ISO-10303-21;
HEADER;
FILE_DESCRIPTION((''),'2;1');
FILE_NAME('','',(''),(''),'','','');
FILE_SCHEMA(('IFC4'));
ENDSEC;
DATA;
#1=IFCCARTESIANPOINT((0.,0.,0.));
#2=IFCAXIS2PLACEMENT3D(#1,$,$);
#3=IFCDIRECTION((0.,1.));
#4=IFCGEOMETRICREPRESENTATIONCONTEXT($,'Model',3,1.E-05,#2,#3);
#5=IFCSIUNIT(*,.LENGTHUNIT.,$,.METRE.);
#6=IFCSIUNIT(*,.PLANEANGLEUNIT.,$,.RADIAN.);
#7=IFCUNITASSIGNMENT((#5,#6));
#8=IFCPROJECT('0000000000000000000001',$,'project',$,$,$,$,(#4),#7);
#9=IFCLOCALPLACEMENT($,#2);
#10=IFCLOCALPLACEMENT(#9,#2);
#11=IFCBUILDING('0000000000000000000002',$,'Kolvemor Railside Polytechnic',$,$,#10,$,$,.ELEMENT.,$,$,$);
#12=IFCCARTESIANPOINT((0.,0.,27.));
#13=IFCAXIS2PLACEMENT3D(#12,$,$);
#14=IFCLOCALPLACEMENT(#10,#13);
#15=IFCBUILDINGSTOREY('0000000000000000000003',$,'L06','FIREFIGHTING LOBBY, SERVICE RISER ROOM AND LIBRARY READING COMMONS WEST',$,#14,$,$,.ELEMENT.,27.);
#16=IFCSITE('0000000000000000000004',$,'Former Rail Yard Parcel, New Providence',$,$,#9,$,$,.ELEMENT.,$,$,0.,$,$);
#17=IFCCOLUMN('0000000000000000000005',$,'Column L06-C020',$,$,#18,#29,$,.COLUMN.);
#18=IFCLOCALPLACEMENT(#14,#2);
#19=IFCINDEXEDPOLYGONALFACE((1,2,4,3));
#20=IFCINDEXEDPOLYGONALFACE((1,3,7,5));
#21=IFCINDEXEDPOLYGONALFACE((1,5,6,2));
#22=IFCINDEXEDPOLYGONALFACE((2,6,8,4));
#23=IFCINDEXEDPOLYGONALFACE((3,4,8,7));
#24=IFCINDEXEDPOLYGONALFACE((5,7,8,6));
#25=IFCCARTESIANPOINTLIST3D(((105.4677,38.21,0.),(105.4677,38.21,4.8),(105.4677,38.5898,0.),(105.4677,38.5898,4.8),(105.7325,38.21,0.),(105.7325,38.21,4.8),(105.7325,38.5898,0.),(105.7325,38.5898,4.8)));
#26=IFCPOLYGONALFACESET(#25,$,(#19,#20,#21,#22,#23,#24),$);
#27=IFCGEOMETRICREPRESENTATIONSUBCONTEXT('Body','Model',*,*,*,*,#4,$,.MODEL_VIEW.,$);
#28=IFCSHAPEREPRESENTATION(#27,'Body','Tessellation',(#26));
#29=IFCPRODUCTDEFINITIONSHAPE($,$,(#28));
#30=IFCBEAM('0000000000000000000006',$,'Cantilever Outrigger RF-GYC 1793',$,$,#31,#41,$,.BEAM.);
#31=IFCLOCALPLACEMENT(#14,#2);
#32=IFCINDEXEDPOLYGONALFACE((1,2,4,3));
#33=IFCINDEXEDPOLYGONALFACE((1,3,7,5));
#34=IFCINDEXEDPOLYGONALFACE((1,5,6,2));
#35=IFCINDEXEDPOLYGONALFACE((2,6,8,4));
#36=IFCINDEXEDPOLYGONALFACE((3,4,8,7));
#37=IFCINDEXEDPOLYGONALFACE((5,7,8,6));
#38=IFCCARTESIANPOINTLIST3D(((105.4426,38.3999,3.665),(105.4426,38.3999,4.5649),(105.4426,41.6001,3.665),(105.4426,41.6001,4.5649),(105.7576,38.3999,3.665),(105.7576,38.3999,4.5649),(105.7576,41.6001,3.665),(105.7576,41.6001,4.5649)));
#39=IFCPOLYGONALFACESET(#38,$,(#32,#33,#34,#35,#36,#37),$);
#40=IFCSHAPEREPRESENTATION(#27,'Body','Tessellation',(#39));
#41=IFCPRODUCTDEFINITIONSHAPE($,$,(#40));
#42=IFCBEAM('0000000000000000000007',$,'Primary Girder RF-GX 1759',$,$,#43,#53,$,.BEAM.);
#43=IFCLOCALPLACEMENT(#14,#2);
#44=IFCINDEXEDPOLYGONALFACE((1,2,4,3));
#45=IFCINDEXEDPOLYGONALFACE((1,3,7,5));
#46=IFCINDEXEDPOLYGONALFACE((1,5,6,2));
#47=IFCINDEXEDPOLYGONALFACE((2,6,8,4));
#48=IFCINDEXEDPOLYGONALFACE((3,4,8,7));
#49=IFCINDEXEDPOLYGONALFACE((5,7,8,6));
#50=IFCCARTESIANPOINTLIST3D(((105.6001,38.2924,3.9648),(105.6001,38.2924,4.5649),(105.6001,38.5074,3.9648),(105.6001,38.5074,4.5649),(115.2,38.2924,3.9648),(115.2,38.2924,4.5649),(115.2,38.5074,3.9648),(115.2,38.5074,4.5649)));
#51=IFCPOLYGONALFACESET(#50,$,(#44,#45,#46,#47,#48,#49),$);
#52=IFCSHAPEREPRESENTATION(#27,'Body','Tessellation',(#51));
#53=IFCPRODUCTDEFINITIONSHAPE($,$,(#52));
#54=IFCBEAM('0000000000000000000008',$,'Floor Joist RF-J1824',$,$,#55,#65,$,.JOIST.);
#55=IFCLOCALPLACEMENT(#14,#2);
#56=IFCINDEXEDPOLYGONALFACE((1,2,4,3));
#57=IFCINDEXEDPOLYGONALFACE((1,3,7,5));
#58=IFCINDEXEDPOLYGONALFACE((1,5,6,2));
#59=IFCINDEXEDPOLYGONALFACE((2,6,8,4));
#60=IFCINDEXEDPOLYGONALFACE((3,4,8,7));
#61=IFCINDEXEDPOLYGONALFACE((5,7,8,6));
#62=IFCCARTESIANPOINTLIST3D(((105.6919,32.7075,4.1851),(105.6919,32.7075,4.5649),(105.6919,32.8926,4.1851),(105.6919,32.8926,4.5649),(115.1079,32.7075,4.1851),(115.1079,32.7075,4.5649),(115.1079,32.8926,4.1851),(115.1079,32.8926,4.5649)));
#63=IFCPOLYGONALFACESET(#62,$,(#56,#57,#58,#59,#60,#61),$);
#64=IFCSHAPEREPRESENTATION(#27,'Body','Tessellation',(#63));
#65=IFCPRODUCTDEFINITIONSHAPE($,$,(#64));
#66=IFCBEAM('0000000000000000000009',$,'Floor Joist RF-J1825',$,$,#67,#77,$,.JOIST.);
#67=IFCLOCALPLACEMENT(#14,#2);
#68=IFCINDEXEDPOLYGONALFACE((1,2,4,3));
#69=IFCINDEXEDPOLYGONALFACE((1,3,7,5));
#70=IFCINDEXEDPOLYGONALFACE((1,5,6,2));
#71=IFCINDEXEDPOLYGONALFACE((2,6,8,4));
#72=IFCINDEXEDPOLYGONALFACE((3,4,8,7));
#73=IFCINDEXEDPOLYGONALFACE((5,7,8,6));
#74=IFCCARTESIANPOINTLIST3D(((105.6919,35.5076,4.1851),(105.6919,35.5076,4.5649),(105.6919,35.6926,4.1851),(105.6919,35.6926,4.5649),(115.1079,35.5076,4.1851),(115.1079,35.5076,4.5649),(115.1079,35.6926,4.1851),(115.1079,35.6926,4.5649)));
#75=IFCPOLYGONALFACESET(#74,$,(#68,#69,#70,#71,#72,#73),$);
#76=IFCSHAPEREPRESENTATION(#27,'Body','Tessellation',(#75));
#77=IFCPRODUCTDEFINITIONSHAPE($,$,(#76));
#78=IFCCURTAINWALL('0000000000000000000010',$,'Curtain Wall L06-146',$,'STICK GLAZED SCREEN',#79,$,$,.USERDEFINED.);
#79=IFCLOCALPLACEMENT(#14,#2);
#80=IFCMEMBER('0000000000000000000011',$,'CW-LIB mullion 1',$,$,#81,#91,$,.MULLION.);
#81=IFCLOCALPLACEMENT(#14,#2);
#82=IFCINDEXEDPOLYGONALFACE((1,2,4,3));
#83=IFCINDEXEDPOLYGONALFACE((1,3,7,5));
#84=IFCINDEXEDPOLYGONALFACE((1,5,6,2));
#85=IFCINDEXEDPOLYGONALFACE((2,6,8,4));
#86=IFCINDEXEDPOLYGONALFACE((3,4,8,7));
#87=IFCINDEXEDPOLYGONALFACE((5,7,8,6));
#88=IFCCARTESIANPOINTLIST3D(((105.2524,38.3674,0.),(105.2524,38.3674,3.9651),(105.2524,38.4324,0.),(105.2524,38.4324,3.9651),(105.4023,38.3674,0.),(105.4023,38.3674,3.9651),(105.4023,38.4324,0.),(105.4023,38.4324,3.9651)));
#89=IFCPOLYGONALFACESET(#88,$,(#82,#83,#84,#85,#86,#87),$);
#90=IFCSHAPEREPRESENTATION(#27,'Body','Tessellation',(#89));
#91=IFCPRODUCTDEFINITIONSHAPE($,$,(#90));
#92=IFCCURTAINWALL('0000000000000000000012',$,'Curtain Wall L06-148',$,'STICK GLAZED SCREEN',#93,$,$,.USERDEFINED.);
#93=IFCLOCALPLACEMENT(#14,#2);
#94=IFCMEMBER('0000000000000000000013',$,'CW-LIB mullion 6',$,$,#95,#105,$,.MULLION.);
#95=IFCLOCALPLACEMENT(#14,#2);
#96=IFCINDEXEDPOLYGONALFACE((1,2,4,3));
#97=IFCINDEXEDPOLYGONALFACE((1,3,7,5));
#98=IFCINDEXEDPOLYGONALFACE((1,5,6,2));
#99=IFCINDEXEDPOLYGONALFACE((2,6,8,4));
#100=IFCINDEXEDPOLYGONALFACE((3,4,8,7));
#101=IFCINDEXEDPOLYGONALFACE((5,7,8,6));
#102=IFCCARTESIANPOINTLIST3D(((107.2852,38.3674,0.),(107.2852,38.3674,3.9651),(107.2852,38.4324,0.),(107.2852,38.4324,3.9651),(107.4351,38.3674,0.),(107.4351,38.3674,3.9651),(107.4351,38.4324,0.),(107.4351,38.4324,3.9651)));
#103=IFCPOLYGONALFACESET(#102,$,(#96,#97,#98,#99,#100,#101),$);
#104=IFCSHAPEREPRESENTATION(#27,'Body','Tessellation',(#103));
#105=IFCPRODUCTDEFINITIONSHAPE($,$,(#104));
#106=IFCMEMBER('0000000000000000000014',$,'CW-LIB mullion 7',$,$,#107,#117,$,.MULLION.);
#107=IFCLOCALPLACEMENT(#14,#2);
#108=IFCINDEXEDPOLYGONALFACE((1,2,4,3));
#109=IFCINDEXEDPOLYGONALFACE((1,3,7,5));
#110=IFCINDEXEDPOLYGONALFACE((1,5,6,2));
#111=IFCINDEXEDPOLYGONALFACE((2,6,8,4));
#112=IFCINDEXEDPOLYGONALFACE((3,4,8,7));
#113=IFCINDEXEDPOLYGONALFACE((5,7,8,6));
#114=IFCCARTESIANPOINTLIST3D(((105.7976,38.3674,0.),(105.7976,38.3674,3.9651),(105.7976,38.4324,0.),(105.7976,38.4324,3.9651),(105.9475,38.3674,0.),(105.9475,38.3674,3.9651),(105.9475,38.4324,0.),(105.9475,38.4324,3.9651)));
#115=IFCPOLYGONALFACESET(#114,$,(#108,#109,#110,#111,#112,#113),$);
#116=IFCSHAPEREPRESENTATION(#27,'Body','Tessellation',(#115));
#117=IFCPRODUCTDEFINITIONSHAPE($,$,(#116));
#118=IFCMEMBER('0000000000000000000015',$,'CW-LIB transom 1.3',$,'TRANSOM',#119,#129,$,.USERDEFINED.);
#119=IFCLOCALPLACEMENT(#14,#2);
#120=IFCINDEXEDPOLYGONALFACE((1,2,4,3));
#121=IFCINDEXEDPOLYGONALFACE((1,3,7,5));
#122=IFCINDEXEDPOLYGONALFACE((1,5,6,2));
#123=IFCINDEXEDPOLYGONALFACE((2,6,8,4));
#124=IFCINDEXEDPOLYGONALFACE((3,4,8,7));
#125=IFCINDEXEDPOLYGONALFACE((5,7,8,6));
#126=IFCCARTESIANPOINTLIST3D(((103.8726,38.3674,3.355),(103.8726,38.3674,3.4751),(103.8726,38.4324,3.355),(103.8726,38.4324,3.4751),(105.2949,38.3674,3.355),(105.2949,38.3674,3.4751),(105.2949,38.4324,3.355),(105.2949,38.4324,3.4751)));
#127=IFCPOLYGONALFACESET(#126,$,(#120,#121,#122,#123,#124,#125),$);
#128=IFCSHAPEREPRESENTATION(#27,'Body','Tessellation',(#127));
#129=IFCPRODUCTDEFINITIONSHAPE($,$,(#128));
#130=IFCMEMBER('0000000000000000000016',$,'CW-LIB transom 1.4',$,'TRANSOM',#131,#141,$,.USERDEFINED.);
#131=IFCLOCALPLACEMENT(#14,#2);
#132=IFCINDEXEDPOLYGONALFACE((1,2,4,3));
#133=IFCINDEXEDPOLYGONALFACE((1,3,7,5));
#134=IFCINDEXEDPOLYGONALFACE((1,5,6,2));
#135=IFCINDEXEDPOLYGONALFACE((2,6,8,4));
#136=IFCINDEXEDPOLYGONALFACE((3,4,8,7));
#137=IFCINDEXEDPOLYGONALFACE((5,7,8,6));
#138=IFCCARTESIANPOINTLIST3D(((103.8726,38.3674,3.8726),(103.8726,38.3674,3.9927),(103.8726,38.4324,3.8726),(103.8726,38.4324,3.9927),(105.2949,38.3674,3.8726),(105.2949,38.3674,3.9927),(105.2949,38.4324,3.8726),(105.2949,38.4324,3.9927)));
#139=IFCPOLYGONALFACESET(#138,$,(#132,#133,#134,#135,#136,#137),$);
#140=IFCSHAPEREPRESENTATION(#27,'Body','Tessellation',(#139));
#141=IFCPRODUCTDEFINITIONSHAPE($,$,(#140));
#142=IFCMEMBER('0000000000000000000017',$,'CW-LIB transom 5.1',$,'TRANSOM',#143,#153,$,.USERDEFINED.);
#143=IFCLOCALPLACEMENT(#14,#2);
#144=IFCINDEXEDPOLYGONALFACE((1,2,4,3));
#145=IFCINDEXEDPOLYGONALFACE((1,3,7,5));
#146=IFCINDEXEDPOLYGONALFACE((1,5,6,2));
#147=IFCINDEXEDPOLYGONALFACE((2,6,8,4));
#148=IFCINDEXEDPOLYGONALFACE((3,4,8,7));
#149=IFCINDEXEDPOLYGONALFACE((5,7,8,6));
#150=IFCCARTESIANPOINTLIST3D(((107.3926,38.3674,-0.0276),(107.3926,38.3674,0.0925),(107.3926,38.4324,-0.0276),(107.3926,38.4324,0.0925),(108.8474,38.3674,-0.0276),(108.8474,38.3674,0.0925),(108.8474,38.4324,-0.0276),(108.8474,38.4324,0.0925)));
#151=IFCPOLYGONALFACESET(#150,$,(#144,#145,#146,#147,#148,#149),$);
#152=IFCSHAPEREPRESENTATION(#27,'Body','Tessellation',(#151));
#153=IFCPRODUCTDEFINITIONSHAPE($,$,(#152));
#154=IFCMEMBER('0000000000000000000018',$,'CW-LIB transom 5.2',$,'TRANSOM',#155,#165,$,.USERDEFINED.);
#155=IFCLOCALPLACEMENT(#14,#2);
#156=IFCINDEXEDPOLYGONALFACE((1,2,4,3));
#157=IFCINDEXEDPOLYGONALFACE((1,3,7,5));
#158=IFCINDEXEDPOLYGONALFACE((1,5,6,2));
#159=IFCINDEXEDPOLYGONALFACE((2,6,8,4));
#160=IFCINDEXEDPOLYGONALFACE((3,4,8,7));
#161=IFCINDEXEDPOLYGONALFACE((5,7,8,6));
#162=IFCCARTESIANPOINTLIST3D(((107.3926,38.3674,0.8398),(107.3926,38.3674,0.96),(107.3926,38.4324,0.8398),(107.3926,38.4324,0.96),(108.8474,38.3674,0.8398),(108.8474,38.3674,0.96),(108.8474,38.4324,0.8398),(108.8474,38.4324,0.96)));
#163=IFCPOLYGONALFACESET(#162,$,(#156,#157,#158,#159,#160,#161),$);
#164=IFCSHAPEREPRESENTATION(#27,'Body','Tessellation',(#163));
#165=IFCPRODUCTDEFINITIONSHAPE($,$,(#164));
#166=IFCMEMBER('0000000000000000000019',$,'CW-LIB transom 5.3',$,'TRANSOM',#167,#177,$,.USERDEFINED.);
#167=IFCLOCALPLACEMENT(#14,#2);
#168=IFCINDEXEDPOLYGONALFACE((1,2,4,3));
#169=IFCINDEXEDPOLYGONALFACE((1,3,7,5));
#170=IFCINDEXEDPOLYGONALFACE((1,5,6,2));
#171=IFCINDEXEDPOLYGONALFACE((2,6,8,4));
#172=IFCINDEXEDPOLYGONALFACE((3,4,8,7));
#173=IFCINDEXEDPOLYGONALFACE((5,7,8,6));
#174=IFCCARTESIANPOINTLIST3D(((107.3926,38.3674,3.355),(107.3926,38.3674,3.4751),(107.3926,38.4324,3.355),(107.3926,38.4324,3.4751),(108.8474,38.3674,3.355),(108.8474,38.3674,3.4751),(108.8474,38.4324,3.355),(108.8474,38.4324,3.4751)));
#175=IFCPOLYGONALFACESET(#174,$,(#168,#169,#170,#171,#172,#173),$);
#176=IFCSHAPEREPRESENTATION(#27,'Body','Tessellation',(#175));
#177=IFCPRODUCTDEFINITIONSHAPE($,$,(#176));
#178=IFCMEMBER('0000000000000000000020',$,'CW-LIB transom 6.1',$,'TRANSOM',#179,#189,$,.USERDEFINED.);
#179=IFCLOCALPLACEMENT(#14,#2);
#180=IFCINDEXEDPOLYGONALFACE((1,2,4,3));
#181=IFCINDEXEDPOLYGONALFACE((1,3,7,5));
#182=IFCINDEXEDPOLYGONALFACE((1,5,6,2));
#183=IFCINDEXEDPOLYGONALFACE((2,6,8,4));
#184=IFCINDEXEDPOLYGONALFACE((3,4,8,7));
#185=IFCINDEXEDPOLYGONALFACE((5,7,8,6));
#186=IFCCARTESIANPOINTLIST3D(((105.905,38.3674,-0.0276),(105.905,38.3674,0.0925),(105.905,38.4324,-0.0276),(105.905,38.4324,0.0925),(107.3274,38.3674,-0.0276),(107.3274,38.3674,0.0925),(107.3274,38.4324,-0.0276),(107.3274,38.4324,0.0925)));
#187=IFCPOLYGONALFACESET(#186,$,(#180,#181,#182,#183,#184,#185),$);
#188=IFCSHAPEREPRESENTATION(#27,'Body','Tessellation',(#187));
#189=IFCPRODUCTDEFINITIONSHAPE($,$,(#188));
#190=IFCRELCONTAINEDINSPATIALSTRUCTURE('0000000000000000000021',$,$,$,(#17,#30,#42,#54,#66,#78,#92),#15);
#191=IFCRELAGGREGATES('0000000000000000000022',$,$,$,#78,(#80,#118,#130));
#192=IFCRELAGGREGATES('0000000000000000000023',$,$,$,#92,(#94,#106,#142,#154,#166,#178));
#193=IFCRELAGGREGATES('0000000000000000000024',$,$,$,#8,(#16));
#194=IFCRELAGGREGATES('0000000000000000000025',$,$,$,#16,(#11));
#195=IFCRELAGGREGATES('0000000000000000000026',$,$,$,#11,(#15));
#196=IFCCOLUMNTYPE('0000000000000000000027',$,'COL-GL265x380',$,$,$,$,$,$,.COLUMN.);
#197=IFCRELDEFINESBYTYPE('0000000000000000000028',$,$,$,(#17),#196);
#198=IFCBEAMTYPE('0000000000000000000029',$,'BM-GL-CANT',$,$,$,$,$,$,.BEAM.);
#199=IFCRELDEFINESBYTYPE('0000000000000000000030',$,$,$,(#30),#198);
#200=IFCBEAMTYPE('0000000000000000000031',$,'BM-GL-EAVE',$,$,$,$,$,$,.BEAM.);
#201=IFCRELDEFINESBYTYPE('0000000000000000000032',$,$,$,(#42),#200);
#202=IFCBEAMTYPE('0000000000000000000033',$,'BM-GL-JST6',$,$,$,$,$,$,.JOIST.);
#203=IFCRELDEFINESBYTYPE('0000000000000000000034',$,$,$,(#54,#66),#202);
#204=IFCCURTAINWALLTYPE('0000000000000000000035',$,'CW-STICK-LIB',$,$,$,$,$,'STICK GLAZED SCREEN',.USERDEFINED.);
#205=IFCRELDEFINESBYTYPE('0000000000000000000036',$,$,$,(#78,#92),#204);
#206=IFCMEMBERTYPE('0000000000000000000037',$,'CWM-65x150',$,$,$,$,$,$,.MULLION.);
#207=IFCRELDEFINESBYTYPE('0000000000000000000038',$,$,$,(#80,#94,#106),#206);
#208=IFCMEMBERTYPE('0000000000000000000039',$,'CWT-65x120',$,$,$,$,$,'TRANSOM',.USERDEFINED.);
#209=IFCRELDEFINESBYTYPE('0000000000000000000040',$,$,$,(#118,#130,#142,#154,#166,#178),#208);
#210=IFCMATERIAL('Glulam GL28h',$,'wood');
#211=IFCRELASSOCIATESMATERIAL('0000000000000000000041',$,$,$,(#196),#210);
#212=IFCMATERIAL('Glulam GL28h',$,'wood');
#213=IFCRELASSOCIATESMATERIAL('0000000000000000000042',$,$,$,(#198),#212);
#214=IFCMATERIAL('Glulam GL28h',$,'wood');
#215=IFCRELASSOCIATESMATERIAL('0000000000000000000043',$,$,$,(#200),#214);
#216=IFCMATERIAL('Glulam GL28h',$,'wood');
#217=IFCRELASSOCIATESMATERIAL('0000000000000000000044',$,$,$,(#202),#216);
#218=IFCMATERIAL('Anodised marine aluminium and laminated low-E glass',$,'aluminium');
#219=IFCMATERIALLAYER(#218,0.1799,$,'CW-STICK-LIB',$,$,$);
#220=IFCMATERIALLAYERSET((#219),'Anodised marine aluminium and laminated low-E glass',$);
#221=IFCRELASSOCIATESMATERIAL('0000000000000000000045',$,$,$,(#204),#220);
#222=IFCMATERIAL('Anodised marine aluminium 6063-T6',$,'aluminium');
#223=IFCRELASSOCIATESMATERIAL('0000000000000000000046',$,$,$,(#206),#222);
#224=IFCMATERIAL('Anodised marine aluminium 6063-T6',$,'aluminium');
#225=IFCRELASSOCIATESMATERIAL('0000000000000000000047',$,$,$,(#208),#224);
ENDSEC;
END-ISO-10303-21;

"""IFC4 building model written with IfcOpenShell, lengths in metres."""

from ifc_helpers import new_model, si_unit, direction, frame, origin, origin_2d, place, context, subcontext, project, spatial, rectangle, extrude, material, layer, layer_set, material_profile, profile_set, type_object, element, aggregate, save


model = new_model("IFC4")

# Units and contexts
model_context = context("Model", 3, precision=1e-05, world=origin(), true_north=direction((0.0, 1.0)))
body_context = subcontext(model_context, "Body", "Model", "MODEL_VIEW")
ifc_project = project(units=[si_unit("LENGTHUNIT", "METRE"), si_unit("PLANEANGLEUNIT", "RADIAN")], contexts=[model_context])

# Site, building, storey
site_placement = place(None, origin())
site = spatial("IfcSite", under=ifc_project, at=site_placement, Name="Former Rail Yard Parcel, New Providence", CompositionType="ELEMENT", RefElevation=0.0)
building_placement = place(site_placement, origin())
building = spatial("IfcBuilding", under=site, at=building_placement, Name="Kolvemor Railside Polytechnic", CompositionType="ELEMENT")
storey_placement = place(building_placement, frame((0.0, 0.0, 27.0)))
storey = spatial("IfcBuildingStorey", under=building, at=storey_placement, Name="L06", Description="FIREFIGHTING LOBBY, SERVICE RISER ROOM AND LIBRARY READING COMMONS WEST", CompositionType="ELEMENT", Elevation=27.0)

# Column
ifc_material_1 = material(Name="Glulam GL28h", Category="wood")
ifc_material_profile_1 = material_profile(ifc_material_1, rectangle(XDim=0.2649, YDim=0.3799, at=origin_2d()), Name="GL265x380")
ifc_profile_set_1 = profile_set([ifc_material_profile_1], Name="Glulam GL28h")
column_type = type_object("IfcColumnType", Name="COL-GL265x380", PredefinedType="COLUMN", material=ifc_profile_set_1)
column_placement = place(storey_placement, frame((105.6001, 38.3999, 0.0), z_axis=(0.0, 0.0, 1.0), x_axis=(1.0, 0.0, 0.0)))
element("IfcColumn", 1, at=column_placement, inside=storey, type_object=column_type, Name="Column L06-C020", PredefinedType="COLUMN", context=body_context, shape_type="SweptSolid", body=[
    extrude(rectangle(XDim=0.2649, YDim=0.3799, at=origin_2d()), origin(), (0.0, 0.0, 1.0), 4.8),
])

# Beams
ifc_material_2 = material(Name="Glulam GL28h", Category="wood")
ifc_material_profile_2 = material_profile(ifc_material_2, rectangle(XDim=0.3149, YDim=0.8999, at=origin_2d()), Name="GL315x900")
ifc_profile_set_2 = profile_set([ifc_material_profile_2], Name="Glulam GL28h")
beam_type_1 = type_object("IfcBeamType", Name="BM-GL-CANT", PredefinedType="BEAM", material=ifc_profile_set_2)
beam_1_placement = place(storey_placement, frame((105.6001, 38.3999, 4.115), z_axis=(0.0, 1.0, 0.0), x_axis=(-1.0, 0.0, 0.0)))
element("IfcBeam", 2, at=beam_1_placement, inside=storey, type_object=beam_type_1, Name="Cantilever Outrigger RF-GYC 1793", PredefinedType="BEAM", context=body_context, shape_type="SweptSolid", body=[
    extrude(rectangle(XDim=0.3149, YDim=0.8999, at=origin_2d()), origin(), (0.0, 0.0, 1.0), 3.2002),
])
ifc_material_3 = material(Name="Glulam GL28h", Category="wood")
ifc_material_profile_3 = material_profile(ifc_material_3, rectangle(XDim=0.2151, YDim=0.6001, at=origin_2d()), Name="GL215x600")
ifc_profile_set_3 = profile_set([ifc_material_profile_3], Name="Glulam GL28h")
beam_type_2 = type_object("IfcBeamType", Name="BM-GL-EAVE", PredefinedType="BEAM", material=ifc_profile_set_3)
beam_2_placement = place(storey_placement, frame((105.6001, 38.3999, 4.2649), z_axis=(1.0, 0.0, 0.0), x_axis=(0.0, 1.0, 0.0)))
element("IfcBeam", 3, at=beam_2_placement, inside=storey, type_object=beam_type_2, Name="Primary Girder RF-GX 1759", PredefinedType="BEAM", context=body_context, shape_type="SweptSolid", body=[
    extrude(rectangle(XDim=0.2151, YDim=0.6001, at=origin_2d()), origin(), (0.0, 0.0, 1.0), 9.5999),
])
ifc_material_4 = material(Name="Glulam GL28h", Category="wood")
ifc_material_profile_4 = material_profile(ifc_material_4, rectangle(XDim=0.1851, YDim=0.3799, at=origin_2d()), Name="GL185x380")
ifc_profile_set_4 = profile_set([ifc_material_profile_4], Name="Glulam GL28h")
beam_type_3 = type_object("IfcBeamType", Name="BM-GL-JST6", PredefinedType="JOIST", material=ifc_profile_set_4)
for number, where, z_axis, x_axis, name in (
    (4, (105.6919, 32.8, 4.375), (1.0, 0.0, 0.0), (0.0, 1.0, 0.0), "Floor Joist RF-J1824"),
    (5, (105.6919, 35.6001, 4.375), (1.0, 0.0, 0.0), (0.0, 1.0, 0.0), "Floor Joist RF-J1825"),
):
    element("IfcBeam", number, at=place(storey_placement, frame(where, z_axis=z_axis, x_axis=x_axis)), inside=storey, type_object=beam_type_3, Name=name, PredefinedType="JOIST", context=body_context, shape_type="SweptSolid", body=[
        extrude(rectangle(XDim=0.1851, YDim=0.3799, at=origin_2d()), origin(), (0.0, 0.0, 1.0), 9.416),
    ])

# Curtain wall, member
ifc_material_5 = material(Name="Anodised marine aluminium and laminated low-E glass", Category="aluminium")
ifc_layer_1 = layer(ifc_material_5, 0.1799, Name="CW-STICK-LIB")
ifc_layer_set_1 = layer_set([ifc_layer_1], Name="Anodised marine aluminium and laminated low-E glass")
curtain_wall_type = type_object("IfcCurtainWallType", Name="CW-STICK-LIB", ElementType="STICK GLAZED SCREEN", PredefinedType="USERDEFINED", material=ifc_layer_set_1)
curtain_wall_1_placement = place(storey_placement, origin())
curtain_wall_1 = element("IfcCurtainWall", 6, at=curtain_wall_1_placement, inside=storey, type_object=curtain_wall_type, Name="Curtain Wall L06-146", ObjectType="STICK GLAZED SCREEN", PredefinedType="USERDEFINED")
ifc_material_6 = material(Name="Anodised marine aluminium 6063-T6", Category="aluminium")
ifc_material_profile_5 = material_profile(ifc_material_6, rectangle(XDim=0.0649, YDim=0.1499, at=origin_2d()), Name="CW-MUL-65x150")
ifc_profile_set_5 = profile_set([ifc_material_profile_5], Name="Anodised marine aluminium 6063-T6")
member_type_1 = type_object("IfcMemberType", Name="CWM-65x150", PredefinedType="MULLION", material=ifc_profile_set_5)
member_1_placement = place(storey_placement, frame((105.3274, 38.3999, 0.0), z_axis=(0.0, 0.0, 1.0), x_axis=(0.0, -1.0, 0.0)))
member_1 = element("IfcMember", 7, at=member_1_placement, type_object=member_type_1, Name="CW-LIB mullion 1", PredefinedType="MULLION", context=body_context, shape_type="SweptSolid", body=[
    extrude(rectangle(XDim=0.0649, YDim=0.1499, at=origin_2d()), origin(), (0.0, 0.0, 1.0), 3.9651),
])

# Curtain wall, members
curtain_wall_2_placement = place(storey_placement, origin())
curtain_wall_2 = element("IfcCurtainWall", 8, at=curtain_wall_2_placement, inside=storey, type_object=curtain_wall_type, Name="Curtain Wall L06-148", ObjectType="STICK GLAZED SCREEN", PredefinedType="USERDEFINED")
member_2_placement = place(storey_placement, frame((107.3601, 38.3999, 0.0), z_axis=(0.0, 0.0, 1.0), x_axis=(0.0, -1.0, 0.0)))
member_2 = element("IfcMember", 9, at=member_2_placement, type_object=member_type_1, Name="CW-LIB mullion 6", PredefinedType="MULLION", context=body_context, shape_type="SweptSolid", body=[
    extrude(rectangle(XDim=0.0649, YDim=0.1499, at=origin_2d()), origin(), (0.0, 0.0, 1.0), 3.9651),
])
member_3_placement = place(storey_placement, frame((105.8726, 38.3999, 0.0), z_axis=(0.0, 0.0, 1.0), x_axis=(0.0, -1.0, 0.0)))
member_3 = element("IfcMember", 10, at=member_3_placement, type_object=member_type_1, Name="CW-LIB mullion 7", PredefinedType="MULLION", context=body_context, shape_type="SweptSolid", body=[
    extrude(rectangle(XDim=0.0649, YDim=0.1499, at=origin_2d()), origin(), (0.0, 0.0, 1.0), 3.9651),
])

# Members
ifc_material_7 = material(Name="Anodised marine aluminium 6063-T6", Category="aluminium")
ifc_material_profile_6 = material_profile(ifc_material_7, rectangle(XDim=0.0649, YDim=0.1201, at=origin_2d()), Name="CW-TRN-65x120")
ifc_profile_set_6 = profile_set([ifc_material_profile_6], Name="Anodised marine aluminium 6063-T6")
member_type_2 = type_object("IfcMemberType", Name="CWT-65x120", ElementType="TRANSOM", PredefinedType="USERDEFINED", material=ifc_profile_set_6)
member_4_placement = place(storey_placement, frame((105.2949, 38.3999, 3.415), z_axis=(-1.0, 0.0, 0.0), x_axis=(0.0, -1.0, 0.0)))
member_4 = element("IfcMember", 11, at=member_4_placement, type_object=member_type_2, Name="CW-LIB transom 1.3", ObjectType="TRANSOM", PredefinedType="USERDEFINED", context=body_context, shape_type="SweptSolid", body=[
    extrude(rectangle(XDim=0.0649, YDim=0.1201, at=origin_2d()), origin(), (0.0, 0.0, 1.0), 1.4224),
])
member_5_placement = place(storey_placement, frame((105.2949, 38.3999, 3.9326), z_axis=(-1.0, 0.0, 0.0), x_axis=(0.0, -1.0, 0.0)))
member_5 = element("IfcMember", 12, at=member_5_placement, type_object=member_type_2, Name="CW-LIB transom 1.4", ObjectType="TRANSOM", PredefinedType="USERDEFINED", context=body_context, shape_type="SweptSolid", body=[
    extrude(rectangle(XDim=0.0649, YDim=0.1201, at=origin_2d()), origin(), (0.0, 0.0, 1.0), 1.4224),
])
aggregate(curtain_wall_1, [member_1, member_4, member_5])
member_6_placement = place(storey_placement, frame((108.8474, 38.3999, 0.0325), z_axis=(-1.0, 0.0, 0.0), x_axis=(0.0, -1.0, 0.0)))
member_6 = element("IfcMember", 13, at=member_6_placement, type_object=member_type_2, Name="CW-LIB transom 5.1", ObjectType="TRANSOM", PredefinedType="USERDEFINED", context=body_context, shape_type="SweptSolid", body=[
    extrude(rectangle(XDim=0.0649, YDim=0.1201, at=origin_2d()), origin(), (0.0, 0.0, 1.0), 1.4548),
])
member_7_placement = place(storey_placement, frame((108.8474, 38.3999, 0.8999), z_axis=(-1.0, 0.0, 0.0), x_axis=(0.0, -1.0, 0.0)))
member_7 = element("IfcMember", 14, at=member_7_placement, type_object=member_type_2, Name="CW-LIB transom 5.2", ObjectType="TRANSOM", PredefinedType="USERDEFINED", context=body_context, shape_type="SweptSolid", body=[
    extrude(rectangle(XDim=0.0649, YDim=0.1201, at=origin_2d()), origin(), (0.0, 0.0, 1.0), 1.4548),
])
member_8_placement = place(storey_placement, frame((108.8474, 38.3999, 3.415), z_axis=(-1.0, 0.0, 0.0), x_axis=(0.0, -1.0, 0.0)))
member_8 = element("IfcMember", 15, at=member_8_placement, type_object=member_type_2, Name="CW-LIB transom 5.3", ObjectType="TRANSOM", PredefinedType="USERDEFINED", context=body_context, shape_type="SweptSolid", body=[
    extrude(rectangle(XDim=0.0649, YDim=0.1201, at=origin_2d()), origin(), (0.0, 0.0, 1.0), 1.4548),
])
member_9_placement = place(storey_placement, frame((107.3274, 38.3999, 0.0325), z_axis=(-1.0, 0.0, 0.0), x_axis=(0.0, -1.0, 0.0)))
member_9 = element("IfcMember", 16, at=member_9_placement, type_object=member_type_2, Name="CW-LIB transom 6.1", ObjectType="TRANSOM", PredefinedType="USERDEFINED", context=body_context, shape_type="SweptSolid", body=[
    extrude(rectangle(XDim=0.0649, YDim=0.1201, at=origin_2d()), origin(), (0.0, 0.0, 1.0), 1.4224),
])

aggregate(curtain_wall_2, [member_2, member_3, member_6, member_7, member_8, member_9])

save(model, "model.ifc")
